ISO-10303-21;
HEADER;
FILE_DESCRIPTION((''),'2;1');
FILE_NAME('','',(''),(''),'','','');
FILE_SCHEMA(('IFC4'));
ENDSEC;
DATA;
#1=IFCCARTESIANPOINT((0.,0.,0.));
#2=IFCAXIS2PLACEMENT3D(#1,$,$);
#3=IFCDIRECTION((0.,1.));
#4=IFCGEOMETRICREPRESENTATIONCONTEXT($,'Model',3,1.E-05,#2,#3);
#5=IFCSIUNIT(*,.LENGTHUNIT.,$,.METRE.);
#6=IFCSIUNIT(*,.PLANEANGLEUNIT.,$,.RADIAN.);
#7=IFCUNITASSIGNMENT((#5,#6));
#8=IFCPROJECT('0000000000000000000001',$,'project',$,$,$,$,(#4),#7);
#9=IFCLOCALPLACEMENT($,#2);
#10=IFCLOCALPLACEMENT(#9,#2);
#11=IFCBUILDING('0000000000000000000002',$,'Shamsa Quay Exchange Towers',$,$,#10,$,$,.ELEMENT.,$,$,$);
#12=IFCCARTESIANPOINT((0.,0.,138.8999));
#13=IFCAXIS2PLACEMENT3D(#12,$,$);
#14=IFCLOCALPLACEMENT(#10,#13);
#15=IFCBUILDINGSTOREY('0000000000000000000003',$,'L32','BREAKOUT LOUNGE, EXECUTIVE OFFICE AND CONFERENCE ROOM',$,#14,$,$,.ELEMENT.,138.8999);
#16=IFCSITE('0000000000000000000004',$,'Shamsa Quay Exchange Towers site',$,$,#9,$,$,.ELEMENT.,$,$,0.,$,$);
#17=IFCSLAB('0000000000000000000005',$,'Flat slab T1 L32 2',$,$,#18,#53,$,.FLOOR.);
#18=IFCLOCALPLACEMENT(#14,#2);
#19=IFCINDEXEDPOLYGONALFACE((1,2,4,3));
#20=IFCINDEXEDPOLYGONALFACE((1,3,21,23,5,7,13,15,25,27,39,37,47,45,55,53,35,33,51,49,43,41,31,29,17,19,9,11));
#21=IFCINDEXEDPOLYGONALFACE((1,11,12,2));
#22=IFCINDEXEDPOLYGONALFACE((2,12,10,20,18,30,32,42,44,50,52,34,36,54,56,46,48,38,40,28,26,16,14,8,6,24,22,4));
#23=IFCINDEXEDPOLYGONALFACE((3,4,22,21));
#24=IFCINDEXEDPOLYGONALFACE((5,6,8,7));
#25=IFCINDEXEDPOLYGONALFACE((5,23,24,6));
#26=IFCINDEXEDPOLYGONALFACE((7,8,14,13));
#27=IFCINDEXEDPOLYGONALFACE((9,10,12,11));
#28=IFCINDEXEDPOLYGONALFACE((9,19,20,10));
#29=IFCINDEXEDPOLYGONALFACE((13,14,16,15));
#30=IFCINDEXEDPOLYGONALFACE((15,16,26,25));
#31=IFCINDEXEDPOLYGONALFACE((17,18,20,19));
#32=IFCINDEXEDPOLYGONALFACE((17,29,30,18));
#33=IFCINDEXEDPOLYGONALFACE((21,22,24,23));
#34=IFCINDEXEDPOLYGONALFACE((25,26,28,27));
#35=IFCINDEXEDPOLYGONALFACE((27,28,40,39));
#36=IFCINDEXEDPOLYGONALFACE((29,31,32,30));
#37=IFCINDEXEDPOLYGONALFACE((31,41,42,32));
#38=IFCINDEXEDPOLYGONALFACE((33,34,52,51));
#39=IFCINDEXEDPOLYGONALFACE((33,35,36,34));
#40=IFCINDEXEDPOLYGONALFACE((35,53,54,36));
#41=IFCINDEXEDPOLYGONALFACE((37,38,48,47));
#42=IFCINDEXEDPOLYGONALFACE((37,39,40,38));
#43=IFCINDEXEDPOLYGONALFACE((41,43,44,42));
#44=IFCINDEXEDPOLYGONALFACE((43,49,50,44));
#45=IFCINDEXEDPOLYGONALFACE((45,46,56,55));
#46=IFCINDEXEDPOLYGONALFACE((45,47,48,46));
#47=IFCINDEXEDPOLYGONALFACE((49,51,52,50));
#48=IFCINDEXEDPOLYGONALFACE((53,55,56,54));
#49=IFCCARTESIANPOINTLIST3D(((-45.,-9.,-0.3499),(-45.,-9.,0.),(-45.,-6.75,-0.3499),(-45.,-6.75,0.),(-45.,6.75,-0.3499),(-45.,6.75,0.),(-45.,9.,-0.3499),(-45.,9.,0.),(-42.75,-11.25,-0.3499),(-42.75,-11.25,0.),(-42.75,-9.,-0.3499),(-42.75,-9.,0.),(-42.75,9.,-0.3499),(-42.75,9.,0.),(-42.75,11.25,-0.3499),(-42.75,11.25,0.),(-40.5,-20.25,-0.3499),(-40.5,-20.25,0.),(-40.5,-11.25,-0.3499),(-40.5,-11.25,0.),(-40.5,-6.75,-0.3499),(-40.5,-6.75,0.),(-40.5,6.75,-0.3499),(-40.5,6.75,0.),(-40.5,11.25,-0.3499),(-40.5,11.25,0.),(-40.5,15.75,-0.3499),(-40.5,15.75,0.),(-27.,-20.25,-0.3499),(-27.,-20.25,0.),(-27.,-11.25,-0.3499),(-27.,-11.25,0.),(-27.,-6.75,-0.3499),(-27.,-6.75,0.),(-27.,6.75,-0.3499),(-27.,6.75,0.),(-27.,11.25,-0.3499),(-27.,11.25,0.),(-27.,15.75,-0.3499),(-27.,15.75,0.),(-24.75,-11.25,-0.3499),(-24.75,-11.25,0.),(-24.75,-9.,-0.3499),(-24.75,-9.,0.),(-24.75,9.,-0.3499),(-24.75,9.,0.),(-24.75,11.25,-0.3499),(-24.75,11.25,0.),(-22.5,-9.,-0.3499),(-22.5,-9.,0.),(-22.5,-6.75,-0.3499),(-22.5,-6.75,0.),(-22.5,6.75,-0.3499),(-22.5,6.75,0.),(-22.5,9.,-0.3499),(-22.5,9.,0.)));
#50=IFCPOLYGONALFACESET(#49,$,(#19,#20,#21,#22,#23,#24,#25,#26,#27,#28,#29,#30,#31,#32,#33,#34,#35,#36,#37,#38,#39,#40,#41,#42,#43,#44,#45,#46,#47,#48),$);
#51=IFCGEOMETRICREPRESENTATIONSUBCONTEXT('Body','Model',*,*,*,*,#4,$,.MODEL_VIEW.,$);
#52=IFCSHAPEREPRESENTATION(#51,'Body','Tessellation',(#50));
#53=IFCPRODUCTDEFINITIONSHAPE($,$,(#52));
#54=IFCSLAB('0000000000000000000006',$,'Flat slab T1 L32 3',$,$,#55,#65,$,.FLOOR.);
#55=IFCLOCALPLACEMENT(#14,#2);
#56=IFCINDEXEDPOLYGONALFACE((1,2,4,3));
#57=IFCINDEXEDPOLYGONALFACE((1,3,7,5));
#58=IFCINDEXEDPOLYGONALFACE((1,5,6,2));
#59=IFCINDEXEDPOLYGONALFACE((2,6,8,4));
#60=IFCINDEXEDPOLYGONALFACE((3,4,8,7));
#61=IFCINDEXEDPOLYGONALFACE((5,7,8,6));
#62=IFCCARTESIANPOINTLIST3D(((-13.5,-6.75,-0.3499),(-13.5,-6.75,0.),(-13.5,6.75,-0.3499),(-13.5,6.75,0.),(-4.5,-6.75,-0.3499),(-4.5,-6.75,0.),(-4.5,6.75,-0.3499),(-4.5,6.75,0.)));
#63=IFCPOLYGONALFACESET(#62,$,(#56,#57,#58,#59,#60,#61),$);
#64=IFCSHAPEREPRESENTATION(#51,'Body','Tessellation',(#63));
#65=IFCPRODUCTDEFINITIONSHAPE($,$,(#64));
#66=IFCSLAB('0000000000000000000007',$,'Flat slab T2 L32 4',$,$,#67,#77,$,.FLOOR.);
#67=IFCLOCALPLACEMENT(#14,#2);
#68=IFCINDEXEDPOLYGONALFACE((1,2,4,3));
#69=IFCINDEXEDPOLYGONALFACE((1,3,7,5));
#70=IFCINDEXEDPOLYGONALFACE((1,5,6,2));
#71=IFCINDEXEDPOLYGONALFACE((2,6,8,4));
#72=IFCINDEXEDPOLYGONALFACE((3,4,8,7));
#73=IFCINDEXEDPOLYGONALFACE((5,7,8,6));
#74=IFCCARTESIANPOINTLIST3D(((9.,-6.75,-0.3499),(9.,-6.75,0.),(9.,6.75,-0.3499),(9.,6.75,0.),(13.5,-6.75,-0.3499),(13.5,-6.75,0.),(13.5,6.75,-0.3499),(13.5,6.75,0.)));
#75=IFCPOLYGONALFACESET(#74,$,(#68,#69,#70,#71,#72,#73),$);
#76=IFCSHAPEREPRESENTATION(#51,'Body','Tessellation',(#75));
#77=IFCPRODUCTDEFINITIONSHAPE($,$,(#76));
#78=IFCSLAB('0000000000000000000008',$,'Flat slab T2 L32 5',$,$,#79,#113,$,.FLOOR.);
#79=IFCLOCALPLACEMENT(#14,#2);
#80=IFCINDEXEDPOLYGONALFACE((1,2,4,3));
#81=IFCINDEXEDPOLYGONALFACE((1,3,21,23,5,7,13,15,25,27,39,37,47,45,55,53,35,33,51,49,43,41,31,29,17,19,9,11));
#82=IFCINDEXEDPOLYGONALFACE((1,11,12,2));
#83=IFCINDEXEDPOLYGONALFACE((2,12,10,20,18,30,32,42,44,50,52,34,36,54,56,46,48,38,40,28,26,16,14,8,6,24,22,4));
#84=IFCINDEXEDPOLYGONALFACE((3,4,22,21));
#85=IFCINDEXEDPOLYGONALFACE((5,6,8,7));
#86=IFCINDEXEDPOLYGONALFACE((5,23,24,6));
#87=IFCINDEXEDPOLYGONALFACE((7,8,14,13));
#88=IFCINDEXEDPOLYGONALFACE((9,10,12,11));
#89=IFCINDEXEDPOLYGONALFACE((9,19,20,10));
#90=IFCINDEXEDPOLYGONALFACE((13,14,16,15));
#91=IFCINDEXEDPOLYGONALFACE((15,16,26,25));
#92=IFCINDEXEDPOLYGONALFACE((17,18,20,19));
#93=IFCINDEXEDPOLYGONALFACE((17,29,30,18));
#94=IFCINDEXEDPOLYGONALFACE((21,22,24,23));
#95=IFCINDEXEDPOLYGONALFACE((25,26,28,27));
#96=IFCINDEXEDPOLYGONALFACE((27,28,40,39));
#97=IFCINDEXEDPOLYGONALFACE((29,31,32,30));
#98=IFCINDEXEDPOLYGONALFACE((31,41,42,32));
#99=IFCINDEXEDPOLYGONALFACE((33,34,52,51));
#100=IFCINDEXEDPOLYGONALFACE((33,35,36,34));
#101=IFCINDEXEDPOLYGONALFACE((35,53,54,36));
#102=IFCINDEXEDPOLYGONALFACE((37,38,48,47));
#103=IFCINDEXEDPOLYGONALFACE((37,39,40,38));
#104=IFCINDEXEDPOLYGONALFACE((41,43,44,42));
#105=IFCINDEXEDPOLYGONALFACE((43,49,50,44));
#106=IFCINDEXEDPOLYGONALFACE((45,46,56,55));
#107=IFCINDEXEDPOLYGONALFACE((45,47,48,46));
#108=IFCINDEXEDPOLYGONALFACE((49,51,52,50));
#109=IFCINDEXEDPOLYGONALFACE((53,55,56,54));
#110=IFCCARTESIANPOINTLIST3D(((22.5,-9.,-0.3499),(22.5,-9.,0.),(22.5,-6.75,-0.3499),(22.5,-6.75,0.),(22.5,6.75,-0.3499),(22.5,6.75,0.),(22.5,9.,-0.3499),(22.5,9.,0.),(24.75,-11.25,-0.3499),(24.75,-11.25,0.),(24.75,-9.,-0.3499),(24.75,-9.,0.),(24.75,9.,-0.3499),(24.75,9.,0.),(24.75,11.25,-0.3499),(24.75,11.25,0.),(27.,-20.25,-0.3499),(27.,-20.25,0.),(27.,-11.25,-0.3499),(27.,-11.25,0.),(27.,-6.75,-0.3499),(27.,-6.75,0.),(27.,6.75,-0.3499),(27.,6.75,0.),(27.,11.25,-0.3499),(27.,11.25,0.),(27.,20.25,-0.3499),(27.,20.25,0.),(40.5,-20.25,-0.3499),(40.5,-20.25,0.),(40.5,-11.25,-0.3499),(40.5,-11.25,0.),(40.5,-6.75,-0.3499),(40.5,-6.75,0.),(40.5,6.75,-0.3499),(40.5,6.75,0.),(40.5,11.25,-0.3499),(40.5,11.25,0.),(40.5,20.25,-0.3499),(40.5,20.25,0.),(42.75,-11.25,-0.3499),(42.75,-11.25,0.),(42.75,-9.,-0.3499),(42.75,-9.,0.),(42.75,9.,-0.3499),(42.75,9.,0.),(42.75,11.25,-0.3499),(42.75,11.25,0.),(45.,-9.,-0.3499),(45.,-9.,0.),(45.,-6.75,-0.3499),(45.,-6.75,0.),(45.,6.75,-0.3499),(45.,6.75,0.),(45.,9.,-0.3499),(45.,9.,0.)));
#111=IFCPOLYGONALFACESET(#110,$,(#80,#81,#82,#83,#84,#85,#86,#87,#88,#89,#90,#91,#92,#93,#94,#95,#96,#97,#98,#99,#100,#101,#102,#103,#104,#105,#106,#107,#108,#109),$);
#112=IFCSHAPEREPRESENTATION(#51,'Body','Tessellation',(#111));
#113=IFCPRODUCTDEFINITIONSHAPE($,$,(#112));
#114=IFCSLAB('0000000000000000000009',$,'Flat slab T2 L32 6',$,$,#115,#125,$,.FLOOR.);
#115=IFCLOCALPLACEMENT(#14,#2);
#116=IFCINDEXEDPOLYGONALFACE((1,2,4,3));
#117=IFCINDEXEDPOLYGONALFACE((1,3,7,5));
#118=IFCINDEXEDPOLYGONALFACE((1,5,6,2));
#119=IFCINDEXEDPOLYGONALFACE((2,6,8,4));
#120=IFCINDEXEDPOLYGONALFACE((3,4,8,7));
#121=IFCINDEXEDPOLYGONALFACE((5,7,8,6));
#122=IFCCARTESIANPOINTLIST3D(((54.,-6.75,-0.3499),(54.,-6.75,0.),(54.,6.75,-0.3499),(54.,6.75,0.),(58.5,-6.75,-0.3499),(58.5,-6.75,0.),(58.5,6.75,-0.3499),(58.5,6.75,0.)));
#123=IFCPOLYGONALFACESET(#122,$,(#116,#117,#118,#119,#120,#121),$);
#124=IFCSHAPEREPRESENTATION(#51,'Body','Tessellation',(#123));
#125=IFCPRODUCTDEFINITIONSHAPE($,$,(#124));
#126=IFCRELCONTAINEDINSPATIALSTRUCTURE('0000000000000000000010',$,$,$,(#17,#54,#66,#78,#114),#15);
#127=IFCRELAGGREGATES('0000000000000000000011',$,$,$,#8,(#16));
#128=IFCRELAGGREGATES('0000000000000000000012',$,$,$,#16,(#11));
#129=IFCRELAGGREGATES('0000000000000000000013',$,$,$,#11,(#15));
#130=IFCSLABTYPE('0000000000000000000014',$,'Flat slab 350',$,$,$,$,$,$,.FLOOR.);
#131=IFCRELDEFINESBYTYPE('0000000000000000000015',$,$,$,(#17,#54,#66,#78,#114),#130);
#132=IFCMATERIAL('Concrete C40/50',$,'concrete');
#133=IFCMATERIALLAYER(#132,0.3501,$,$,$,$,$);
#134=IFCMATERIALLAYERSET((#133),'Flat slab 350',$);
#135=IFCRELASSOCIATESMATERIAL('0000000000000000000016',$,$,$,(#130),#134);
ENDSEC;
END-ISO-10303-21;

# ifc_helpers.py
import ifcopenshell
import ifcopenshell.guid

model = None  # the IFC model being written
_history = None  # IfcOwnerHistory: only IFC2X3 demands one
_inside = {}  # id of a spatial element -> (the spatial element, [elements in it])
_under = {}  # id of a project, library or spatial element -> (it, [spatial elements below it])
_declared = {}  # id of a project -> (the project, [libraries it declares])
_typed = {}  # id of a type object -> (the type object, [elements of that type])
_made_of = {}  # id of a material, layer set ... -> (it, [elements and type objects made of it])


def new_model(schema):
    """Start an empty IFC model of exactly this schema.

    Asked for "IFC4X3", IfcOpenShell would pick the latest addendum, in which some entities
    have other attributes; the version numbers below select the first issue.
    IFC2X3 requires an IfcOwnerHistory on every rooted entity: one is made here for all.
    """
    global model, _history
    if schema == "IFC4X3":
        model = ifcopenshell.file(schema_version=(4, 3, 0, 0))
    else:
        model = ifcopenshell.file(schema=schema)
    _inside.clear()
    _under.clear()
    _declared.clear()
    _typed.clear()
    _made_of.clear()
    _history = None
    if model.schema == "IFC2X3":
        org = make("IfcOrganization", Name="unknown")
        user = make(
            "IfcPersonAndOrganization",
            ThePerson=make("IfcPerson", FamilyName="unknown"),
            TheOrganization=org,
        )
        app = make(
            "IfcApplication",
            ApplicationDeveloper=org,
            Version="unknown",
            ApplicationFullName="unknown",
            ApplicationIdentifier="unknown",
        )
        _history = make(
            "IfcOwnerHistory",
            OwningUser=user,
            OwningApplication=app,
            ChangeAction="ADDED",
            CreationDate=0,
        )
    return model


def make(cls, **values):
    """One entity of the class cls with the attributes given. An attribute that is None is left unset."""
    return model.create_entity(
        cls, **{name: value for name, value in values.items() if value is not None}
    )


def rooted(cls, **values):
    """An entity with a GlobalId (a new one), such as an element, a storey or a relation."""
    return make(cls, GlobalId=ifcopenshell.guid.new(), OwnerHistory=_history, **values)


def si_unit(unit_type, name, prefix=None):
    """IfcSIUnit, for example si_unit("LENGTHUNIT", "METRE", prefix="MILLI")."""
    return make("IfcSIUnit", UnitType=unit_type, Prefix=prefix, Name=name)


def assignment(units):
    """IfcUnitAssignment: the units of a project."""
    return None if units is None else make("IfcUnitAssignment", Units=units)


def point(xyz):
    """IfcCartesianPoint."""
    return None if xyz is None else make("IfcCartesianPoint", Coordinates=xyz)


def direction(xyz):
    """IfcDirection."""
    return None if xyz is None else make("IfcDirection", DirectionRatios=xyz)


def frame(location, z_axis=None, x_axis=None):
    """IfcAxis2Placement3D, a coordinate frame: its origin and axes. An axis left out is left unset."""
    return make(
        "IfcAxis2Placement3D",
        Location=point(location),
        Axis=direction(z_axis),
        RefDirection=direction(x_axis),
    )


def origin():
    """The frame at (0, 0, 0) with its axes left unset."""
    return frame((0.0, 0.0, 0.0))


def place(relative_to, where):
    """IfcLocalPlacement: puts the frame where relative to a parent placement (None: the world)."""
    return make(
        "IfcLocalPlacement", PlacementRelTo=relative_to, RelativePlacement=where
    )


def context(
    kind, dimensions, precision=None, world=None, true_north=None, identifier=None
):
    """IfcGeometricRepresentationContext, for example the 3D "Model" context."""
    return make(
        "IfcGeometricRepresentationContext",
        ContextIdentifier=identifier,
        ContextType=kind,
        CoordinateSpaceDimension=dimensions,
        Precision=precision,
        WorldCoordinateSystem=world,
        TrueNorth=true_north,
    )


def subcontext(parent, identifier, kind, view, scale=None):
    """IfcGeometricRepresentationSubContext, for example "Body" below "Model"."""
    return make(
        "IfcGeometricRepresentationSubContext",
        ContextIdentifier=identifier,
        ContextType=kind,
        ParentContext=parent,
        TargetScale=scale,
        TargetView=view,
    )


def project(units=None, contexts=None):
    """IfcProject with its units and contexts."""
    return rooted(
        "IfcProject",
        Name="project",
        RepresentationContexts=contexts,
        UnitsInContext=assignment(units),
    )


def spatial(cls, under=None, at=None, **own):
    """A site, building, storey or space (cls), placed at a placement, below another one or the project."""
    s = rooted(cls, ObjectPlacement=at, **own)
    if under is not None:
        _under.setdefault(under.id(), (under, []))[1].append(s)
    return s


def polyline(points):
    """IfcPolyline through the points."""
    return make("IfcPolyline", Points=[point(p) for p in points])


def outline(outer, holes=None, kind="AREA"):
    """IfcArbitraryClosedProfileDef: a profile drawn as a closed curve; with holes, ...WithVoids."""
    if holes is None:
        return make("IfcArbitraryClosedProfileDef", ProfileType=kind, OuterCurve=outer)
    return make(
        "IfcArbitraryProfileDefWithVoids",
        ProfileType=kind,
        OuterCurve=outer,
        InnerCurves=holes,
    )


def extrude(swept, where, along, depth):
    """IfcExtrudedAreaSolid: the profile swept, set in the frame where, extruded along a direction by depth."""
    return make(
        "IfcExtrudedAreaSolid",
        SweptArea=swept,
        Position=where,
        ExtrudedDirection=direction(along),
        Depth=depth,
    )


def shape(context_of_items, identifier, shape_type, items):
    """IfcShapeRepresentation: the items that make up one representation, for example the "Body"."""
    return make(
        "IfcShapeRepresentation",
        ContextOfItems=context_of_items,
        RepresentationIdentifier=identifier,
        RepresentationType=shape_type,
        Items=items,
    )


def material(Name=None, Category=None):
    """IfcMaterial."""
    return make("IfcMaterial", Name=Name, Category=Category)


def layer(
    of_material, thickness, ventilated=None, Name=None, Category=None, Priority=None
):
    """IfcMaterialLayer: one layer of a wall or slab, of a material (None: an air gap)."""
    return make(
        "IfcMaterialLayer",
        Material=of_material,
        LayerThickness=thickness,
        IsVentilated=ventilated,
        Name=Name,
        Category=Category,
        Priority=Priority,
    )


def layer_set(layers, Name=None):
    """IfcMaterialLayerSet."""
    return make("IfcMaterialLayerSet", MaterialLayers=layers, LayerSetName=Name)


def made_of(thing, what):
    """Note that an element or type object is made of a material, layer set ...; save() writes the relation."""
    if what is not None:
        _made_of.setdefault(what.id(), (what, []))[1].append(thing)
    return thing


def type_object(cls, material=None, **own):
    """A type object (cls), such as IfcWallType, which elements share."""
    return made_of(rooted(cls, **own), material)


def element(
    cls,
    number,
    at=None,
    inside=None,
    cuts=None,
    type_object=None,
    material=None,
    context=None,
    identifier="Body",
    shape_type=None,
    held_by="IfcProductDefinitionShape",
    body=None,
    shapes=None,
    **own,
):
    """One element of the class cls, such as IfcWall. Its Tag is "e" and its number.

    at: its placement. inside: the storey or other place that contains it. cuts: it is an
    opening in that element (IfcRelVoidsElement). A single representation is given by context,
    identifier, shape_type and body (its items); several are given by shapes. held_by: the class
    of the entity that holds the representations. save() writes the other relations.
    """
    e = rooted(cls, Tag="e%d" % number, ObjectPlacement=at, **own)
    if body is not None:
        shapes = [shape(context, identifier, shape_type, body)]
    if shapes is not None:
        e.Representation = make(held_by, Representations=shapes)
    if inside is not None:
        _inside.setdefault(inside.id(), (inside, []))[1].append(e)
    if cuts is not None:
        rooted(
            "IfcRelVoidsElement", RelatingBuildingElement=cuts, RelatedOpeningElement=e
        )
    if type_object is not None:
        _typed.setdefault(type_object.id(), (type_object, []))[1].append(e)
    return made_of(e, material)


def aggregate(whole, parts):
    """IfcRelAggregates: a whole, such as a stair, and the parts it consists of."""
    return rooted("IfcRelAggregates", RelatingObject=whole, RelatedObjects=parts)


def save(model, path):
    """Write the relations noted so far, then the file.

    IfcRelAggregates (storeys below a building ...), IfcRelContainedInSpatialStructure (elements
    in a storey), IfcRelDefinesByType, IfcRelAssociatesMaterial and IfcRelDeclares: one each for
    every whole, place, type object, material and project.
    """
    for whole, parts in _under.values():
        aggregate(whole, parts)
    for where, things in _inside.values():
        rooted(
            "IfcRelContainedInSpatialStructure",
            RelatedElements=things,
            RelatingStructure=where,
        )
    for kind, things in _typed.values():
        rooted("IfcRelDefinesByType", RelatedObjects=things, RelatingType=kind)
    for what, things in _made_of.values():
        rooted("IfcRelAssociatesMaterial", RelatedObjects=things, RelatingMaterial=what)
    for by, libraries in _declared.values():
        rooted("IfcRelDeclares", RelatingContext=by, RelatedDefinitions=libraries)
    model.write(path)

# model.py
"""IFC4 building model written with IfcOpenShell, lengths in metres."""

from ifc_helpers import new_model, si_unit, direction, frame, origin, place, context, subcontext, project, spatial, polyline, outline, extrude, material, layer, layer_set, type_object, element, save


model = new_model("IFC4")

# Units and contexts
model_context = context("Model", 3, precision=1e-05, world=origin(), true_north=direction((0.0, 1.0)))
body_context = subcontext(model_context, "Body", "Model", "MODEL_VIEW")
ifc_project = project(units=[si_unit("LENGTHUNIT", "METRE"), si_unit("PLANEANGLEUNIT", "RADIAN")], contexts=[model_context])

# Site, building, storey
site_placement = place(None, origin())
site = spatial("IfcSite", under=ifc_project, at=site_placement, Name="Shamsa Quay Exchange Towers site", CompositionType="ELEMENT", RefElevation=0.0)
building_placement = place(site_placement, origin())
building = spatial("IfcBuilding", under=site, at=building_placement, Name="Shamsa Quay Exchange Towers", CompositionType="ELEMENT")
storey_placement = place(building_placement, frame((0.0, 0.0, 138.8999)))
storey = spatial("IfcBuildingStorey", under=building, at=storey_placement, Name="L32", Description="BREAKOUT LOUNGE, EXECUTIVE OFFICE AND CONFERENCE ROOM", CompositionType="ELEMENT", Elevation=138.8999)

# Shared definitions
ifc_material_1 = material(Name="Concrete C40/50", Category="concrete")

# Slabs
ifc_layer_1 = layer(ifc_material_1, 0.3501)
ifc_layer_set_1 = layer_set([ifc_layer_1], Name="Flat slab 350")
slab_type_1 = type_object("IfcSlabType", Name="Flat slab 350", PredefinedType="FLOOR", material=ifc_layer_set_1)
slab_1_placement = place(storey_placement, frame((0.0, 0.0, -0.3499)))
element("IfcSlab", 1, at=slab_1_placement, inside=storey, type_object=slab_type_1, Name="Flat slab T1 L32 2", PredefinedType="FLOOR", context=body_context, shape_type="SweptSolid", body=[
    extrude(outline(polyline([(-22.5, -9.0), (-22.5, -6.75), (-27.0, -6.75), (-27.0, 6.75), (-22.5, 6.75), (-22.5, 9.0), (-24.75, 9.0), (-24.75, 11.25), (-27.0, 11.25), (-27.0, 15.75), (-40.5, 15.75), (-40.5, 11.25), (-42.75, 11.25), (-42.75, 9.0), (-45.0, 9.0), (-45.0, 6.75), (-40.5, 6.75), (-40.5, -6.75), (-45.0, -6.75), (-45.0, -9.0), (-42.75, -9.0), (-42.75, -11.25), (-40.5, -11.25), (-40.5, -20.25), (-27.0, -20.25), (-27.0, -11.25), (-24.75, -11.25), (-24.75, -9.0), (-22.5, -9.0)])), origin(), (0.0, 0.0, 1.0), 0.3499),
])
slab_2_placement = place(storey_placement, frame((0.0, 0.0, -0.3499)))
element("IfcSlab", 2, at=slab_2_placement, inside=storey, type_object=slab_type_1, Name="Flat slab T1 L32 3", PredefinedType="FLOOR", context=body_context, shape_type="SweptSolid", body=[
    extrude(outline(polyline([(-4.5, 6.75), (-13.5, 6.75), (-13.5, -6.75), (-4.5, -6.75), (-4.5, 6.75)])), origin(), (0.0, 0.0, 1.0), 0.3499),
])
slab_3_placement = place(storey_placement, frame((0.0, 0.0, -0.3499)))
element("IfcSlab", 3, at=slab_3_placement, inside=storey, type_object=slab_type_1, Name="Flat slab T2 L32 4", PredefinedType="FLOOR", context=body_context, shape_type="SweptSolid", body=[
    extrude(outline(polyline([(9.0, -6.75), (13.5, -6.75), (13.5, 6.75), (9.0, 6.75), (9.0, -6.75)])), origin(), (0.0, 0.0, 1.0), 0.3499),
])
slab_4_placement = place(storey_placement, frame((0.0, 0.0, -0.3499)))
element("IfcSlab", 4, at=slab_4_placement, inside=storey, type_object=slab_type_1, Name="Flat slab T2 L32 5", PredefinedType="FLOOR", context=body_context, shape_type="SweptSolid", body=[
    extrude(outline(polyline([(45.0, -9.0), (45.0, -6.75), (40.5, -6.75), (40.5, 6.75), (45.0, 6.75), (45.0, 9.0), (42.75, 9.0), (42.75, 11.25), (40.5, 11.25), (40.5, 20.25), (27.0, 20.25), (27.0, 11.25), (24.75, 11.25), (24.75, 9.0), (22.5, 9.0), (22.5, 6.75), (27.0, 6.75), (27.0, -6.75), (22.5, -6.75), (22.5, -9.0), (24.75, -9.0), (24.75, -11.25), (27.0, -11.25), (27.0, -20.25), (40.5, -20.25), (40.5, -11.25), (42.75, -11.25), (42.75, -9.0), (45.0, -9.0)])), origin(), (0.0, 0.0, 1.0), 0.3499),
])
slab_5_placement = place(storey_placement, frame((0.0, 0.0, -0.3499)))
element("IfcSlab", 5, at=slab_5_placement, inside=storey, type_object=slab_type_1, Name="Flat slab T2 L32 6", PredefinedType="FLOOR", context=body_context, shape_type="SweptSolid", body=[
    extrude(outline(polyline([(58.5, 6.75), (54.0, 6.75), (54.0, -6.75), (58.5, -6.75), (58.5, 6.75)])), origin(), (0.0, 0.0, 1.0), 0.3499),
])

save(model, "model.ifc")
